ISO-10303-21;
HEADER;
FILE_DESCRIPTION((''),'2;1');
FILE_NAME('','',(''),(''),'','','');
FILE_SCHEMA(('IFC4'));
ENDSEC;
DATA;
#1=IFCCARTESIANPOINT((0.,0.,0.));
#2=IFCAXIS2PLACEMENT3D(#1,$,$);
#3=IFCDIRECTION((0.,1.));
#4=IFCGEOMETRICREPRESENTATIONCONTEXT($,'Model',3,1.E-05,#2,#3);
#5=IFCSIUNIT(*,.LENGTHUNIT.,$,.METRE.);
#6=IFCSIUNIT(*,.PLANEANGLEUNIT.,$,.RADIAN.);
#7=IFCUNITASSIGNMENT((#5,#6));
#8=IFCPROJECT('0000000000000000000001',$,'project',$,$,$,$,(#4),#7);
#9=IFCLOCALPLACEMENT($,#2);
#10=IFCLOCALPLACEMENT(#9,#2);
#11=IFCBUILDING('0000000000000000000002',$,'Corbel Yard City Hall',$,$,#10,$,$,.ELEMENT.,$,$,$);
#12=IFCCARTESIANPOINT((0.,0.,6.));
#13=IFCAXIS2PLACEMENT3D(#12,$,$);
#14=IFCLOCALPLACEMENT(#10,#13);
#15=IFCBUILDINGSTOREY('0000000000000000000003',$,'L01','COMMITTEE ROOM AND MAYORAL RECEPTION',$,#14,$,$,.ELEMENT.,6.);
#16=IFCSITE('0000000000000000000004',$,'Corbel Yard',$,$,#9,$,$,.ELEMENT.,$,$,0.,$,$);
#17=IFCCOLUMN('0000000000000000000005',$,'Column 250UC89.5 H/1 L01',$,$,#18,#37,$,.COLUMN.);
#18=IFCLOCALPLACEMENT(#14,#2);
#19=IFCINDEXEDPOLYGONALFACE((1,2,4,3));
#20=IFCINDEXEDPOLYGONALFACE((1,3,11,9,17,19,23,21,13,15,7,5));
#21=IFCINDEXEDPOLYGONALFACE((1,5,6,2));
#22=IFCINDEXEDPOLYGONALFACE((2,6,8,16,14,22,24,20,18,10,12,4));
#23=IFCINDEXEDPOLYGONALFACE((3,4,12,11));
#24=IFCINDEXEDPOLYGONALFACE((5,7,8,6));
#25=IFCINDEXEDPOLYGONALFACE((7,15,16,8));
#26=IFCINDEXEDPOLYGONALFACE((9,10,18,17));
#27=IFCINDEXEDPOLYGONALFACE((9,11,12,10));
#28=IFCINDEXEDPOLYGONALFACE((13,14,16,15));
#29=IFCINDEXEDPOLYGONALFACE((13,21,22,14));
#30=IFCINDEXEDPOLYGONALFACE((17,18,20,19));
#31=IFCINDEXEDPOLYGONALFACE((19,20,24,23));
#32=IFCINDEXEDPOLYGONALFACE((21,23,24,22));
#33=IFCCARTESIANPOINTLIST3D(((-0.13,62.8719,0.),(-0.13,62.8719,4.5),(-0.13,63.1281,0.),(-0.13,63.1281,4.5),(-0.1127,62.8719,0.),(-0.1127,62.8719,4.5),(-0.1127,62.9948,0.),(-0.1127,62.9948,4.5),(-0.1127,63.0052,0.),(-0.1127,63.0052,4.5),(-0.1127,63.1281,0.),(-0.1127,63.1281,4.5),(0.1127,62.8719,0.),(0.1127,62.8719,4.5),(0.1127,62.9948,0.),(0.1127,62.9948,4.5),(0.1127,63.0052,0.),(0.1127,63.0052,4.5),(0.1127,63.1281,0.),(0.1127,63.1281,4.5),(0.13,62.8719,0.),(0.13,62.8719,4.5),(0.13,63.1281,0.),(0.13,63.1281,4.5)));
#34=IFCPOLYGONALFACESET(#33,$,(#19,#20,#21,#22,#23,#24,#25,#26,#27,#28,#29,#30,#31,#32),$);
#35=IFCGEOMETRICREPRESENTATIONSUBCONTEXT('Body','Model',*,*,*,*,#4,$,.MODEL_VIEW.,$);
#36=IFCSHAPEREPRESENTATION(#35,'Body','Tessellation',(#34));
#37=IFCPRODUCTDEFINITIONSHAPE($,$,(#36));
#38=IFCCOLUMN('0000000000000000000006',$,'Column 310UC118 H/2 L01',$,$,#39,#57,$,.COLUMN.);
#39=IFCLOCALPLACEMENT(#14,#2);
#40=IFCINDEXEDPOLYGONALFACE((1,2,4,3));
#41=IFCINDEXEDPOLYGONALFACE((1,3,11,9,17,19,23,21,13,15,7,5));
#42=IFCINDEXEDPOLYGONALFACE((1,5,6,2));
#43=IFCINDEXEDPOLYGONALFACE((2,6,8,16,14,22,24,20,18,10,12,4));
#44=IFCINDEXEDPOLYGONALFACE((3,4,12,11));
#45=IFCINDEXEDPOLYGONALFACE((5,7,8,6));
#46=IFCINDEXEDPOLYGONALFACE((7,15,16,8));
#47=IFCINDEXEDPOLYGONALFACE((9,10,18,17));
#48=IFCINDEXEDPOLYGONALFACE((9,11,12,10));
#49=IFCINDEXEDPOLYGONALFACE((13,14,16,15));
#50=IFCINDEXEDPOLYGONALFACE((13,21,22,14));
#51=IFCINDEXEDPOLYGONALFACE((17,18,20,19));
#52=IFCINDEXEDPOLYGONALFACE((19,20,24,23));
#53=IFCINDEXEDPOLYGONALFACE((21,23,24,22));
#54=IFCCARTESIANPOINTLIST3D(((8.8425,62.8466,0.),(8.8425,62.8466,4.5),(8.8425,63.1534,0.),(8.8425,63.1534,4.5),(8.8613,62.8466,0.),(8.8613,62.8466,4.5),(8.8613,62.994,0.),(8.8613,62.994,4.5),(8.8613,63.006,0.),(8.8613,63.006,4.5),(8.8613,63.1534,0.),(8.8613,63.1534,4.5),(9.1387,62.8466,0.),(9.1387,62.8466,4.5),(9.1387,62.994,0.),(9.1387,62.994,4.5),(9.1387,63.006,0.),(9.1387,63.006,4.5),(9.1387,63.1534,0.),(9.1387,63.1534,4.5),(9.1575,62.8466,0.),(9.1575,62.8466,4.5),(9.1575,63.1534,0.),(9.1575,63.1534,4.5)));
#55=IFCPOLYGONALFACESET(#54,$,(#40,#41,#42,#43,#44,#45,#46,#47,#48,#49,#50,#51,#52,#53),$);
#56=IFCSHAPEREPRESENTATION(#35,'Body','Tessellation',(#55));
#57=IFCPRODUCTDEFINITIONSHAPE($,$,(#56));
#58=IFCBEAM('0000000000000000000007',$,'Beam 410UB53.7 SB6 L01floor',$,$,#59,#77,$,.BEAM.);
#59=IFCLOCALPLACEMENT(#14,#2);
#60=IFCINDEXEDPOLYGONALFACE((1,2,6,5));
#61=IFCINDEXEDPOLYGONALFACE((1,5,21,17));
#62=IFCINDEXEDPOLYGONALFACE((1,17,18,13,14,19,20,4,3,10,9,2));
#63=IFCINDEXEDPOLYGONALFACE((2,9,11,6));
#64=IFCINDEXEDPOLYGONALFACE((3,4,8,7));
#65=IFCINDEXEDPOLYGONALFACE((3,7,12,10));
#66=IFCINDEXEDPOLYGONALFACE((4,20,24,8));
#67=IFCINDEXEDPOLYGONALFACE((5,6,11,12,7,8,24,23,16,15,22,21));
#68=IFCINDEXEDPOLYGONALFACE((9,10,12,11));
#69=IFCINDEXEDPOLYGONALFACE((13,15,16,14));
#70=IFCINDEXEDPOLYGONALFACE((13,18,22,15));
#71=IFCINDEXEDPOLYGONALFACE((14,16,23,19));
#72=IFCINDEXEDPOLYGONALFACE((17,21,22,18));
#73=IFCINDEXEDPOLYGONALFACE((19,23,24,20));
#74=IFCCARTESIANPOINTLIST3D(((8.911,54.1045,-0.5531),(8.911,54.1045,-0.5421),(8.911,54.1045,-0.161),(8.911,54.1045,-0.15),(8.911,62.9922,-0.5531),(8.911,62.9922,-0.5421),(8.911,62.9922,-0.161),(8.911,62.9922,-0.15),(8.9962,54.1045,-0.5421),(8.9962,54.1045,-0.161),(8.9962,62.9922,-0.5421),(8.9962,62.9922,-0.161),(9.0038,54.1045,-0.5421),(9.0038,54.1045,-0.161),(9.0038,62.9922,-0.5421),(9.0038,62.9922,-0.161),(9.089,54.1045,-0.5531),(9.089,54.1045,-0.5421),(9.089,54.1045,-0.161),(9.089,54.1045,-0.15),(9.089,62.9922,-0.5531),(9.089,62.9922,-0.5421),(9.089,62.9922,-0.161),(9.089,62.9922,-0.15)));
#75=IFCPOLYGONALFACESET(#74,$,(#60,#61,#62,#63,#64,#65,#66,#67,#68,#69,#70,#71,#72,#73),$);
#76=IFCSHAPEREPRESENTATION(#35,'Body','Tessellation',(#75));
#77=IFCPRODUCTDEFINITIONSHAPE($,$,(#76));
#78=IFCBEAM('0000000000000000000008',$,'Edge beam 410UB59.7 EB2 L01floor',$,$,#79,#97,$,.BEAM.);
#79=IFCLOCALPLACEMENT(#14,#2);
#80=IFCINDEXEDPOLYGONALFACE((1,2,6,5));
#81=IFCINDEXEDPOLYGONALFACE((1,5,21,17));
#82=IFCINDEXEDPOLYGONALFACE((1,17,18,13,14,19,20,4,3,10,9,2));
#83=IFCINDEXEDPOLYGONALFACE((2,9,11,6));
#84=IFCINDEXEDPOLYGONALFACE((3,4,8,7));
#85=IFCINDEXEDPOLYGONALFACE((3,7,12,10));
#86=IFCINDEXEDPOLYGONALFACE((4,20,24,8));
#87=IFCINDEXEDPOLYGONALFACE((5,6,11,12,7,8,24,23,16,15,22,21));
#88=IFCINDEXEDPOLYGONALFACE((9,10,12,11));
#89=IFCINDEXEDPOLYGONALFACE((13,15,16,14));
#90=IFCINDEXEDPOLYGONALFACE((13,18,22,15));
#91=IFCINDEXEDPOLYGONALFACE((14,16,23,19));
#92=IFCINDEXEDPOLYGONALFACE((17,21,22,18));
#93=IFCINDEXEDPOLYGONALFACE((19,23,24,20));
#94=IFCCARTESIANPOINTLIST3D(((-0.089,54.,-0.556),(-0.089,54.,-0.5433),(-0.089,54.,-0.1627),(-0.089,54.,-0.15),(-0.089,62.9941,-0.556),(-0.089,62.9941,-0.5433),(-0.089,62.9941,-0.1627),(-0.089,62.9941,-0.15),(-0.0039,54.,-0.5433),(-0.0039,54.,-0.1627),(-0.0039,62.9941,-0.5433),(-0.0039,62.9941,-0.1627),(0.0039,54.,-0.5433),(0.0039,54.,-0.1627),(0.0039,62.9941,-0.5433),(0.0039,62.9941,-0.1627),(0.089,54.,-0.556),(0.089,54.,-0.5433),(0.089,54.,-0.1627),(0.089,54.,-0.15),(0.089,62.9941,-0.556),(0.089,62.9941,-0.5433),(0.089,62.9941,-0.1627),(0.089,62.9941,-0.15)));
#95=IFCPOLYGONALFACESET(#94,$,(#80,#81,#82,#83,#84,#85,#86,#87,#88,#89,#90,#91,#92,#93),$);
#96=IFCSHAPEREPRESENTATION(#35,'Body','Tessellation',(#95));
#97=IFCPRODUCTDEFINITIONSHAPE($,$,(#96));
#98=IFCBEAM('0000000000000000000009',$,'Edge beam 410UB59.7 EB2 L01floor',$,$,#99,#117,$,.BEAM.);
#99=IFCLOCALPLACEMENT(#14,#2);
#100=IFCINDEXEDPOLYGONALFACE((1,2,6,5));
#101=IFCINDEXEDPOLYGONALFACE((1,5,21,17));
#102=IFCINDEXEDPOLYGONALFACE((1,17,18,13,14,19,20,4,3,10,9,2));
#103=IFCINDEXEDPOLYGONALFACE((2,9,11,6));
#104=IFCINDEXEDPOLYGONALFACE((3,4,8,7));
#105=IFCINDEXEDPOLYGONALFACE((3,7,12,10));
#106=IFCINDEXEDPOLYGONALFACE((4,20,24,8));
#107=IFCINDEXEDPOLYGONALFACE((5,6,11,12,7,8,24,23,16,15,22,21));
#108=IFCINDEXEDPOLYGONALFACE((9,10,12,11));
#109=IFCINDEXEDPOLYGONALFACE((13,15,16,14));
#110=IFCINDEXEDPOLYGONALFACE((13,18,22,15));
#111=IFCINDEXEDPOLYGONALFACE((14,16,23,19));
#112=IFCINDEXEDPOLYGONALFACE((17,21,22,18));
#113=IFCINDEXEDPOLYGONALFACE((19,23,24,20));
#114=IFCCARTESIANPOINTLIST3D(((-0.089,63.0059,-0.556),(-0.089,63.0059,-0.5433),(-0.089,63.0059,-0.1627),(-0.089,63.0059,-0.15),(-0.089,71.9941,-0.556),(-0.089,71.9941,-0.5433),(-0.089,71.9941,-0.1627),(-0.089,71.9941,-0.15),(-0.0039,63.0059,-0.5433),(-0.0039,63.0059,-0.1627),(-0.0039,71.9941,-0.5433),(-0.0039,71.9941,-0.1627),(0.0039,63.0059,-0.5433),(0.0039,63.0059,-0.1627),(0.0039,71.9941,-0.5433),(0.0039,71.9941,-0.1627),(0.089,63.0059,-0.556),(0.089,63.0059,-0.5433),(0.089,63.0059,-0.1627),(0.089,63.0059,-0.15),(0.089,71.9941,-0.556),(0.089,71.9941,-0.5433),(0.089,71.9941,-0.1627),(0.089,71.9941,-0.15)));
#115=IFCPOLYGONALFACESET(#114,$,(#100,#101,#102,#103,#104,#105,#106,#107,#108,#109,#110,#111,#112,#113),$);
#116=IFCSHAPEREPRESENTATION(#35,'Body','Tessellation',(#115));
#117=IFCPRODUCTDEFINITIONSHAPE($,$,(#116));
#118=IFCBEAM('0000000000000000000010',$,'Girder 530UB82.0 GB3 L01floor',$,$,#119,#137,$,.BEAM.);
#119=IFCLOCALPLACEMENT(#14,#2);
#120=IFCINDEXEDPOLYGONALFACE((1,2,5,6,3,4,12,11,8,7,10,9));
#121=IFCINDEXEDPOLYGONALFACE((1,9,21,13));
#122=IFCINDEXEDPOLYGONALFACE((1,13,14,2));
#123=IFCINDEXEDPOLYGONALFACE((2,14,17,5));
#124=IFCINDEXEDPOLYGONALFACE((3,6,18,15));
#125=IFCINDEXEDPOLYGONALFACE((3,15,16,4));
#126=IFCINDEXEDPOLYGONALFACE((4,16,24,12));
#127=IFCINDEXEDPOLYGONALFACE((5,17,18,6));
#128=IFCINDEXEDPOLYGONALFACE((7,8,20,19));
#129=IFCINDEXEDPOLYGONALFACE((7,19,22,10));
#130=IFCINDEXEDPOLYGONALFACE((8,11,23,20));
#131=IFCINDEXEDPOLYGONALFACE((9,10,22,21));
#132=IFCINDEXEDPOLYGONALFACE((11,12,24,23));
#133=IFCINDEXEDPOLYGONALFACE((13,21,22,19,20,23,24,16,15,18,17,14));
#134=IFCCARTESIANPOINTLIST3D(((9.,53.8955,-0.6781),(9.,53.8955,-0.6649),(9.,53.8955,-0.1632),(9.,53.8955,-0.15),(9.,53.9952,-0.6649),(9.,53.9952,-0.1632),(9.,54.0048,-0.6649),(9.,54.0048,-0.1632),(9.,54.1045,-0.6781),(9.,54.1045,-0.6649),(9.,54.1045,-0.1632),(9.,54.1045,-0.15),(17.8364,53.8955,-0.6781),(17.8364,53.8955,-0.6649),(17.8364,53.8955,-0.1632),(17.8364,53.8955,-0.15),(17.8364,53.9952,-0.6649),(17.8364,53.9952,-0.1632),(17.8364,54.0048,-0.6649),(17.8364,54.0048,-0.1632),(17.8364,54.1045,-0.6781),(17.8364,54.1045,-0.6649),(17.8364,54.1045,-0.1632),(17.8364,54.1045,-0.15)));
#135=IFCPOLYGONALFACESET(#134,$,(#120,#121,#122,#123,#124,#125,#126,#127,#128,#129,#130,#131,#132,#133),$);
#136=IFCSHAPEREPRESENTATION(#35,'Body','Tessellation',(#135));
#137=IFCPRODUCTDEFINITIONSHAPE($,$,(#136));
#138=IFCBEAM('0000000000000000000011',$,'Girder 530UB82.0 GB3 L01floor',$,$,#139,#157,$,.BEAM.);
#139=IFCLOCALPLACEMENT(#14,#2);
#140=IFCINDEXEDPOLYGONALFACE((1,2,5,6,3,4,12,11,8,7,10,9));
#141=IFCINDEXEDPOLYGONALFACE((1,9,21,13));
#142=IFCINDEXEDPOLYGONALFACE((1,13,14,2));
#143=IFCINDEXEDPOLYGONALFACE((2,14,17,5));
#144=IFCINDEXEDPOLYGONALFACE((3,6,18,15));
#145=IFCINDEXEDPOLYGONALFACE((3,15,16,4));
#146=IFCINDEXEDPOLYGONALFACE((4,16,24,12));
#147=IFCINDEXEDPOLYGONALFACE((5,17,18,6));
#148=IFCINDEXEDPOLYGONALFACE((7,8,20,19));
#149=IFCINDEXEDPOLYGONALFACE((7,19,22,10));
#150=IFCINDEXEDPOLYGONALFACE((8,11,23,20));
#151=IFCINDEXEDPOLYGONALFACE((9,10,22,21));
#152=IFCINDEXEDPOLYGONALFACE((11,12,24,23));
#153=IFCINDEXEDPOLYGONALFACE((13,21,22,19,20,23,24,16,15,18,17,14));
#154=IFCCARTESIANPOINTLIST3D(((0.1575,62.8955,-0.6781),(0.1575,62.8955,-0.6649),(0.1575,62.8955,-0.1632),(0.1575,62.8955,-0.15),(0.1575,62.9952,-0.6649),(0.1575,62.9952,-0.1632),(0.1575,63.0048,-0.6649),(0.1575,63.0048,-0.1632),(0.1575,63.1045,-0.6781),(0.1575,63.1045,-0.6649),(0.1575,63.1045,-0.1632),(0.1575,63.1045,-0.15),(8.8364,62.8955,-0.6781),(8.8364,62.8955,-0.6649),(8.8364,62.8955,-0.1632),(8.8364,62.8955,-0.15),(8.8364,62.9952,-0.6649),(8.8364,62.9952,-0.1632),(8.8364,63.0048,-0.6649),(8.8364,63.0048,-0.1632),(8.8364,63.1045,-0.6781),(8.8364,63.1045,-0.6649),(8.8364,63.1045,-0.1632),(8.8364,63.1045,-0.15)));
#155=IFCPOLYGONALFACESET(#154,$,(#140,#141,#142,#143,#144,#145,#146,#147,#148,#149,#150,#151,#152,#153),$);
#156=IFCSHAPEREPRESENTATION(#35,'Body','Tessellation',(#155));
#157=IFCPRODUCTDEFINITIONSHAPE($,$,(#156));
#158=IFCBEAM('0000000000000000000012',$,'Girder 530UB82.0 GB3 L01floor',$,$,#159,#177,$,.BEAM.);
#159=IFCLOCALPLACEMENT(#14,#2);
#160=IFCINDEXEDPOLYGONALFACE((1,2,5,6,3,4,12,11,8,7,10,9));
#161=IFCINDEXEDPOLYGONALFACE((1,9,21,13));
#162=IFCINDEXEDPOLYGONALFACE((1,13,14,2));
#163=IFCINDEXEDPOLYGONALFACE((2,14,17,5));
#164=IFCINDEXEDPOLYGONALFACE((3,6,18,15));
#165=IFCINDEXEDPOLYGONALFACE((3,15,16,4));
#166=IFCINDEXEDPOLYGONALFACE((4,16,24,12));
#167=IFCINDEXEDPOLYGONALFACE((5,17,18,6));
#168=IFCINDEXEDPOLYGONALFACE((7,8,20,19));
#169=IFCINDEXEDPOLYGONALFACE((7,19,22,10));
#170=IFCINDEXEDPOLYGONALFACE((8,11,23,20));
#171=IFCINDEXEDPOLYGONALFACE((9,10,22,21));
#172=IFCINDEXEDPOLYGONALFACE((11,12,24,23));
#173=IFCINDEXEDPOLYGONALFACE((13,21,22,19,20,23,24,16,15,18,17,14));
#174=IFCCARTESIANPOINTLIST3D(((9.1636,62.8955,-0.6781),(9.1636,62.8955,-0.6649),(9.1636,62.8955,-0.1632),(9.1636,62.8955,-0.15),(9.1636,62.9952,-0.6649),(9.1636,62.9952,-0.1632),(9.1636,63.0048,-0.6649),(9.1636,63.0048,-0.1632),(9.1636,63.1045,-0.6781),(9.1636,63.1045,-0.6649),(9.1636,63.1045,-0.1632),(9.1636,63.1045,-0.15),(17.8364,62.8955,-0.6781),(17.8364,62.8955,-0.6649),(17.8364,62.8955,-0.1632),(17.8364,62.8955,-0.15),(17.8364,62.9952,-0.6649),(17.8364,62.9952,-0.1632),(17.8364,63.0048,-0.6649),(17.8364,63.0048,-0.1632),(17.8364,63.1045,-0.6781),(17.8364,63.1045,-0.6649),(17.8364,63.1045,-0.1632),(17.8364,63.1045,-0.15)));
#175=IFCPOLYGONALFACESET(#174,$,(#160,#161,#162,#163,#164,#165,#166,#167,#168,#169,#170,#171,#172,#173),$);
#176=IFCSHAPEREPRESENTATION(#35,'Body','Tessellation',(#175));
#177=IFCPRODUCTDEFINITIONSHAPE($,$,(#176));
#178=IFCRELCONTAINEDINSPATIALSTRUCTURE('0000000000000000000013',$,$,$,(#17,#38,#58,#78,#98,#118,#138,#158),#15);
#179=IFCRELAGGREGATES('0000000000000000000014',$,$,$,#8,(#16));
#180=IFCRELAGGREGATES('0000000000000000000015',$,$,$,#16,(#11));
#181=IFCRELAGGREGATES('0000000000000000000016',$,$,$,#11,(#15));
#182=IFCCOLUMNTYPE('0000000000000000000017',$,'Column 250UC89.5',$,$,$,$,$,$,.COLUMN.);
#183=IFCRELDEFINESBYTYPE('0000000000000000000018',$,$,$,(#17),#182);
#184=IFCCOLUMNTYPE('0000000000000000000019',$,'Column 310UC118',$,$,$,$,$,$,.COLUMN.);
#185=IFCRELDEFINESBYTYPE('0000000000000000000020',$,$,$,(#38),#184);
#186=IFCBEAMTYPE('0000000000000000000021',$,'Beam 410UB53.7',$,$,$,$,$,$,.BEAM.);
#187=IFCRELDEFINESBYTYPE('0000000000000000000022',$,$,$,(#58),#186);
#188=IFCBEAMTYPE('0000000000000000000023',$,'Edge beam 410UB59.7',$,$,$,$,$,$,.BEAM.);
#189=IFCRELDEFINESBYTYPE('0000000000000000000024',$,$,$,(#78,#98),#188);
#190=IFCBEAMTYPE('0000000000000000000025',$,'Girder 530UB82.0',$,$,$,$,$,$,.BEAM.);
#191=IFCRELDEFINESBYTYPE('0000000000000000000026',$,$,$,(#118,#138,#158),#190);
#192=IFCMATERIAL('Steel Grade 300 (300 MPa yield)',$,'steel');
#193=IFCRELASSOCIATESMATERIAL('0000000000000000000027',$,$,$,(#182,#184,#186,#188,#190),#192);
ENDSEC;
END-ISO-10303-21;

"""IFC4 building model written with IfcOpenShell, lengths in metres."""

from ifc_helpers import new_model, si_unit, direction, frame, origin, origin_2d, place, context, subcontext, project, spatial, i_section, extrude, material, material_profile, profile_set, type_object, element, save


model = new_model("IFC4")

# Units and contexts
model_context = context("Model", 3, precision=1e-05, world=origin(), true_north=direction((0.0, 1.0)))
body_context = subcontext(model_context, "Body", "Model", "MODEL_VIEW")
ifc_project = project(units=[si_unit("LENGTHUNIT", "METRE"), si_unit("PLANEANGLEUNIT", "RADIAN")], contexts=[model_context])

# Site, building, storey
site_placement = place(None, origin())
site = spatial("IfcSite", under=ifc_project, at=site_placement, Name="Corbel Yard", CompositionType="ELEMENT", RefElevation=0.0)
building_placement = place(site_placement, origin())
building = spatial("IfcBuilding", under=site, at=building_placement, Name="Corbel Yard City Hall", CompositionType="ELEMENT")
storey_placement = place(building_placement, frame((0.0, 0.0, 6.0)))
storey = spatial("IfcBuildingStorey", under=building, at=storey_placement, Name="L01", Description="COMMITTEE ROOM AND MAYORAL RECEPTION", CompositionType="ELEMENT", Elevation=6.0)

# Columns
ifc_material_1 = material(Name="Steel Grade 300 (300 MPa yield)", Category="steel")
ifc_material_profile_1 = material_profile(ifc_material_1, i_section(OverallWidth=0.2561, OverallDepth=0.26, WebThickness=0.0105, FlangeThickness=0.0173, at=origin_2d()), Name="250UC89.5")
ifc_profile_set_1 = profile_set([ifc_material_profile_1], Name="Steel Grade 300 (300 MPa yield)")
column_type_1 = type_object("IfcColumnType", Name="Column 250UC89.5", PredefinedType="COLUMN", material=ifc_profile_set_1)
column_1_placement = place(storey_placement, frame((0.0, 63.0, 0.0), z_axis=(0.0, 0.0, 1.0), x_axis=(0.0, 1.0, 0.0)))
element("IfcColumn", 1, at=column_1_placement, inside=storey, type_object=column_type_1, Name="Column 250UC89.5 H/1 L01", PredefinedType="COLUMN", context=body_context, shape_type="SweptSolid", body=[
    extrude(i_section(OverallWidth=0.2561, OverallDepth=0.26, WebThickness=0.0105, FlangeThickness=0.0173, at=origin_2d()), origin(), (0.0, 0.0, 1.0), 4.5),
])
ifc_material_profile_2 = material_profile(ifc_material_1, i_section(OverallWidth=0.3069, OverallDepth=0.3149, WebThickness=0.012, FlangeThickness=0.0188, at=origin_2d()), Name="310UC118")
ifc_profile_set_2 = profile_set([ifc_material_profile_2], Name="Steel Grade 300 (300 MPa yield)")
column_type_2 = type_object("IfcColumnType", Name="Column 310UC118", PredefinedType="COLUMN", material=ifc_profile_set_2)
column_2_placement = place(storey_placement, frame((9.0, 63.0, 0.0), z_axis=(0.0, 0.0, 1.0), x_axis=(0.0, 1.0, 0.0)))
element("IfcColumn", 2, at=column_2_placement, inside=storey, type_object=column_type_2, Name="Column 310UC118 H/2 L01", PredefinedType="COLUMN", context=body_context, shape_type="SweptSolid", body=[
    extrude(i_section(OverallWidth=0.3069, OverallDepth=0.3149, WebThickness=0.012, FlangeThickness=0.0188, at=origin_2d()), origin(), (0.0, 0.0, 1.0), 4.5),
])

# Beams
ifc_material_profile_3 = material_profile(ifc_material_1, i_section(OverallWidth=0.178, OverallDepth=0.4031, WebThickness=0.0076, FlangeThickness=0.011, at=origin_2d()), Name="410UB53.7")
ifc_profile_set_3 = profile_set([ifc_material_profile_3], Name="Steel Grade 300 (300 MPa yield)")
beam_type_1 = type_object("IfcBeamType", Name="Beam 410UB53.7", PredefinedType="BEAM", material=ifc_profile_set_3)
beam_1_placement = place(storey_placement, frame((9.0, 54.1045, -0.3516), z_axis=(0.0, 1.0, 0.0), x_axis=(-1.0, 0.0, 0.0)))
element("IfcBeam", 3, at=beam_1_placement, inside=storey, type_object=beam_type_1, Name="Beam 410UB53.7 SB6 L01floor", PredefinedType="BEAM", context=body_context, shape_type="SweptSolid", body=[
    extrude(i_section(OverallWidth=0.178, OverallDepth=0.4031, WebThickness=0.0076, FlangeThickness=0.011, at=origin_2d()), origin(), (0.0, 0.0, 1.0), 8.8877),
])
ifc_material_profile_4 = material_profile(ifc_material_1, i_section(OverallWidth=0.178, OverallDepth=0.406, WebThickness=0.0078, FlangeThickness=0.0127, at=origin_2d()), Name="410UB59.7")
ifc_profile_set_4 = profile_set([ifc_material_profile_4], Name="Steel Grade 300 (300 MPa yield)")
beam_type_2 = type_object("IfcBeamType", Name="Edge beam 410UB59.7", PredefinedType="BEAM", material=ifc_profile_set_4)
beam_2_placement = place(storey_placement, frame((0.0, 54.0, -0.353), z_axis=(0.0, 1.0, 0.0), x_axis=(-1.0, 0.0, 0.0)))
element("IfcBeam", 4, at=beam_2_placement, inside=storey, type_object=beam_type_2, Name="Edge beam 410UB59.7 EB2 L01floor", PredefinedType="BEAM", context=body_context, shape_type="SweptSolid", body=[
    extrude(i_section(OverallWidth=0.178, OverallDepth=0.406, WebThickness=0.0078, FlangeThickness=0.0127, at=origin_2d()), origin(), (0.0, 0.0, 1.0), 8.9941),
])
beam_3_placement = place(storey_placement, frame((0.0, 63.0059, -0.353), z_axis=(0.0, 1.0, 0.0), x_axis=(-1.0, 0.0, 0.0)))
element("IfcBeam", 5, at=beam_3_placement, inside=storey, type_object=beam_type_2, Name="Edge beam 410UB59.7 EB2 L01floor", PredefinedType="BEAM", context=body_context, shape_type="SweptSolid", body=[
    extrude(i_section(OverallWidth=0.178, OverallDepth=0.406, WebThickness=0.0078, FlangeThickness=0.0127, at=origin_2d()), origin(), (0.0, 0.0, 1.0), 8.9883),
])
ifc_material_profile_5 = material_profile(ifc_material_1, i_section(OverallWidth=0.209, OverallDepth=0.5281, WebThickness=0.0095, FlangeThickness=0.0132, at=origin_2d()), Name="530UB82.0")
ifc_profile_set_5 = profile_set([ifc_material_profile_5], Name="Steel Grade 300 (300 MPa yield)")
beam_type_3 = type_object("IfcBeamType", Name="Girder 530UB82.0", PredefinedType="BEAM", material=ifc_profile_set_5)
beam_4_placement = place(storey_placement, frame((9.0, 54.0, -0.4141), z_axis=(1.0, 0.0, 0.0), x_axis=(0.0, 1.0, 0.0)))
element("IfcBeam", 6, at=beam_4_placement, inside=storey, type_object=beam_type_3, Name="Girder 530UB82.0 GB3 L01floor", PredefinedType="BEAM", context=body_context, shape_type="SweptSolid", body=[
    extrude(i_section(OverallWidth=0.209, OverallDepth=0.5281, WebThickness=0.0095, FlangeThickness=0.0132, at=origin_2d()), origin(), (0.0, 0.0, 1.0), 8.8364),
])
beam_5_placement = place(storey_placement, frame((0.1575, 63.0, -0.4141), z_axis=(1.0, 0.0, 0.0), x_axis=(0.0, 1.0, 0.0)))
element("IfcBeam", 7, at=beam_5_placement, inside=storey, type_object=beam_type_3, Name="Girder 530UB82.0 GB3 L01floor", PredefinedType="BEAM", context=body_context, shape_type="SweptSolid", body=[
    extrude(i_section(OverallWidth=0.209, OverallDepth=0.5281, WebThickness=0.0095, FlangeThickness=0.0132, at=origin_2d()), origin(), (0.0, 0.0, 1.0), 8.679),
])
beam_6_placement = place(storey_placement, frame((9.1636, 63.0, -0.4141), z_axis=(1.0, 0.0, 0.0), x_axis=(0.0, 1.0, 0.0)))
element("IfcBeam", 8, at=beam_6_placement, inside=storey, type_object=beam_type_3, Name="Girder 530UB82.0 GB3 L01floor", PredefinedType="BEAM", context=body_context, shape_type="SweptSolid", body=[
    extrude(i_section(OverallWidth=0.209, OverallDepth=0.5281, WebThickness=0.0095, FlangeThickness=0.0132, at=origin_2d()), origin(), (0.0, 0.0, 1.0), 8.6729),
])

save(model, "model.ifc")
